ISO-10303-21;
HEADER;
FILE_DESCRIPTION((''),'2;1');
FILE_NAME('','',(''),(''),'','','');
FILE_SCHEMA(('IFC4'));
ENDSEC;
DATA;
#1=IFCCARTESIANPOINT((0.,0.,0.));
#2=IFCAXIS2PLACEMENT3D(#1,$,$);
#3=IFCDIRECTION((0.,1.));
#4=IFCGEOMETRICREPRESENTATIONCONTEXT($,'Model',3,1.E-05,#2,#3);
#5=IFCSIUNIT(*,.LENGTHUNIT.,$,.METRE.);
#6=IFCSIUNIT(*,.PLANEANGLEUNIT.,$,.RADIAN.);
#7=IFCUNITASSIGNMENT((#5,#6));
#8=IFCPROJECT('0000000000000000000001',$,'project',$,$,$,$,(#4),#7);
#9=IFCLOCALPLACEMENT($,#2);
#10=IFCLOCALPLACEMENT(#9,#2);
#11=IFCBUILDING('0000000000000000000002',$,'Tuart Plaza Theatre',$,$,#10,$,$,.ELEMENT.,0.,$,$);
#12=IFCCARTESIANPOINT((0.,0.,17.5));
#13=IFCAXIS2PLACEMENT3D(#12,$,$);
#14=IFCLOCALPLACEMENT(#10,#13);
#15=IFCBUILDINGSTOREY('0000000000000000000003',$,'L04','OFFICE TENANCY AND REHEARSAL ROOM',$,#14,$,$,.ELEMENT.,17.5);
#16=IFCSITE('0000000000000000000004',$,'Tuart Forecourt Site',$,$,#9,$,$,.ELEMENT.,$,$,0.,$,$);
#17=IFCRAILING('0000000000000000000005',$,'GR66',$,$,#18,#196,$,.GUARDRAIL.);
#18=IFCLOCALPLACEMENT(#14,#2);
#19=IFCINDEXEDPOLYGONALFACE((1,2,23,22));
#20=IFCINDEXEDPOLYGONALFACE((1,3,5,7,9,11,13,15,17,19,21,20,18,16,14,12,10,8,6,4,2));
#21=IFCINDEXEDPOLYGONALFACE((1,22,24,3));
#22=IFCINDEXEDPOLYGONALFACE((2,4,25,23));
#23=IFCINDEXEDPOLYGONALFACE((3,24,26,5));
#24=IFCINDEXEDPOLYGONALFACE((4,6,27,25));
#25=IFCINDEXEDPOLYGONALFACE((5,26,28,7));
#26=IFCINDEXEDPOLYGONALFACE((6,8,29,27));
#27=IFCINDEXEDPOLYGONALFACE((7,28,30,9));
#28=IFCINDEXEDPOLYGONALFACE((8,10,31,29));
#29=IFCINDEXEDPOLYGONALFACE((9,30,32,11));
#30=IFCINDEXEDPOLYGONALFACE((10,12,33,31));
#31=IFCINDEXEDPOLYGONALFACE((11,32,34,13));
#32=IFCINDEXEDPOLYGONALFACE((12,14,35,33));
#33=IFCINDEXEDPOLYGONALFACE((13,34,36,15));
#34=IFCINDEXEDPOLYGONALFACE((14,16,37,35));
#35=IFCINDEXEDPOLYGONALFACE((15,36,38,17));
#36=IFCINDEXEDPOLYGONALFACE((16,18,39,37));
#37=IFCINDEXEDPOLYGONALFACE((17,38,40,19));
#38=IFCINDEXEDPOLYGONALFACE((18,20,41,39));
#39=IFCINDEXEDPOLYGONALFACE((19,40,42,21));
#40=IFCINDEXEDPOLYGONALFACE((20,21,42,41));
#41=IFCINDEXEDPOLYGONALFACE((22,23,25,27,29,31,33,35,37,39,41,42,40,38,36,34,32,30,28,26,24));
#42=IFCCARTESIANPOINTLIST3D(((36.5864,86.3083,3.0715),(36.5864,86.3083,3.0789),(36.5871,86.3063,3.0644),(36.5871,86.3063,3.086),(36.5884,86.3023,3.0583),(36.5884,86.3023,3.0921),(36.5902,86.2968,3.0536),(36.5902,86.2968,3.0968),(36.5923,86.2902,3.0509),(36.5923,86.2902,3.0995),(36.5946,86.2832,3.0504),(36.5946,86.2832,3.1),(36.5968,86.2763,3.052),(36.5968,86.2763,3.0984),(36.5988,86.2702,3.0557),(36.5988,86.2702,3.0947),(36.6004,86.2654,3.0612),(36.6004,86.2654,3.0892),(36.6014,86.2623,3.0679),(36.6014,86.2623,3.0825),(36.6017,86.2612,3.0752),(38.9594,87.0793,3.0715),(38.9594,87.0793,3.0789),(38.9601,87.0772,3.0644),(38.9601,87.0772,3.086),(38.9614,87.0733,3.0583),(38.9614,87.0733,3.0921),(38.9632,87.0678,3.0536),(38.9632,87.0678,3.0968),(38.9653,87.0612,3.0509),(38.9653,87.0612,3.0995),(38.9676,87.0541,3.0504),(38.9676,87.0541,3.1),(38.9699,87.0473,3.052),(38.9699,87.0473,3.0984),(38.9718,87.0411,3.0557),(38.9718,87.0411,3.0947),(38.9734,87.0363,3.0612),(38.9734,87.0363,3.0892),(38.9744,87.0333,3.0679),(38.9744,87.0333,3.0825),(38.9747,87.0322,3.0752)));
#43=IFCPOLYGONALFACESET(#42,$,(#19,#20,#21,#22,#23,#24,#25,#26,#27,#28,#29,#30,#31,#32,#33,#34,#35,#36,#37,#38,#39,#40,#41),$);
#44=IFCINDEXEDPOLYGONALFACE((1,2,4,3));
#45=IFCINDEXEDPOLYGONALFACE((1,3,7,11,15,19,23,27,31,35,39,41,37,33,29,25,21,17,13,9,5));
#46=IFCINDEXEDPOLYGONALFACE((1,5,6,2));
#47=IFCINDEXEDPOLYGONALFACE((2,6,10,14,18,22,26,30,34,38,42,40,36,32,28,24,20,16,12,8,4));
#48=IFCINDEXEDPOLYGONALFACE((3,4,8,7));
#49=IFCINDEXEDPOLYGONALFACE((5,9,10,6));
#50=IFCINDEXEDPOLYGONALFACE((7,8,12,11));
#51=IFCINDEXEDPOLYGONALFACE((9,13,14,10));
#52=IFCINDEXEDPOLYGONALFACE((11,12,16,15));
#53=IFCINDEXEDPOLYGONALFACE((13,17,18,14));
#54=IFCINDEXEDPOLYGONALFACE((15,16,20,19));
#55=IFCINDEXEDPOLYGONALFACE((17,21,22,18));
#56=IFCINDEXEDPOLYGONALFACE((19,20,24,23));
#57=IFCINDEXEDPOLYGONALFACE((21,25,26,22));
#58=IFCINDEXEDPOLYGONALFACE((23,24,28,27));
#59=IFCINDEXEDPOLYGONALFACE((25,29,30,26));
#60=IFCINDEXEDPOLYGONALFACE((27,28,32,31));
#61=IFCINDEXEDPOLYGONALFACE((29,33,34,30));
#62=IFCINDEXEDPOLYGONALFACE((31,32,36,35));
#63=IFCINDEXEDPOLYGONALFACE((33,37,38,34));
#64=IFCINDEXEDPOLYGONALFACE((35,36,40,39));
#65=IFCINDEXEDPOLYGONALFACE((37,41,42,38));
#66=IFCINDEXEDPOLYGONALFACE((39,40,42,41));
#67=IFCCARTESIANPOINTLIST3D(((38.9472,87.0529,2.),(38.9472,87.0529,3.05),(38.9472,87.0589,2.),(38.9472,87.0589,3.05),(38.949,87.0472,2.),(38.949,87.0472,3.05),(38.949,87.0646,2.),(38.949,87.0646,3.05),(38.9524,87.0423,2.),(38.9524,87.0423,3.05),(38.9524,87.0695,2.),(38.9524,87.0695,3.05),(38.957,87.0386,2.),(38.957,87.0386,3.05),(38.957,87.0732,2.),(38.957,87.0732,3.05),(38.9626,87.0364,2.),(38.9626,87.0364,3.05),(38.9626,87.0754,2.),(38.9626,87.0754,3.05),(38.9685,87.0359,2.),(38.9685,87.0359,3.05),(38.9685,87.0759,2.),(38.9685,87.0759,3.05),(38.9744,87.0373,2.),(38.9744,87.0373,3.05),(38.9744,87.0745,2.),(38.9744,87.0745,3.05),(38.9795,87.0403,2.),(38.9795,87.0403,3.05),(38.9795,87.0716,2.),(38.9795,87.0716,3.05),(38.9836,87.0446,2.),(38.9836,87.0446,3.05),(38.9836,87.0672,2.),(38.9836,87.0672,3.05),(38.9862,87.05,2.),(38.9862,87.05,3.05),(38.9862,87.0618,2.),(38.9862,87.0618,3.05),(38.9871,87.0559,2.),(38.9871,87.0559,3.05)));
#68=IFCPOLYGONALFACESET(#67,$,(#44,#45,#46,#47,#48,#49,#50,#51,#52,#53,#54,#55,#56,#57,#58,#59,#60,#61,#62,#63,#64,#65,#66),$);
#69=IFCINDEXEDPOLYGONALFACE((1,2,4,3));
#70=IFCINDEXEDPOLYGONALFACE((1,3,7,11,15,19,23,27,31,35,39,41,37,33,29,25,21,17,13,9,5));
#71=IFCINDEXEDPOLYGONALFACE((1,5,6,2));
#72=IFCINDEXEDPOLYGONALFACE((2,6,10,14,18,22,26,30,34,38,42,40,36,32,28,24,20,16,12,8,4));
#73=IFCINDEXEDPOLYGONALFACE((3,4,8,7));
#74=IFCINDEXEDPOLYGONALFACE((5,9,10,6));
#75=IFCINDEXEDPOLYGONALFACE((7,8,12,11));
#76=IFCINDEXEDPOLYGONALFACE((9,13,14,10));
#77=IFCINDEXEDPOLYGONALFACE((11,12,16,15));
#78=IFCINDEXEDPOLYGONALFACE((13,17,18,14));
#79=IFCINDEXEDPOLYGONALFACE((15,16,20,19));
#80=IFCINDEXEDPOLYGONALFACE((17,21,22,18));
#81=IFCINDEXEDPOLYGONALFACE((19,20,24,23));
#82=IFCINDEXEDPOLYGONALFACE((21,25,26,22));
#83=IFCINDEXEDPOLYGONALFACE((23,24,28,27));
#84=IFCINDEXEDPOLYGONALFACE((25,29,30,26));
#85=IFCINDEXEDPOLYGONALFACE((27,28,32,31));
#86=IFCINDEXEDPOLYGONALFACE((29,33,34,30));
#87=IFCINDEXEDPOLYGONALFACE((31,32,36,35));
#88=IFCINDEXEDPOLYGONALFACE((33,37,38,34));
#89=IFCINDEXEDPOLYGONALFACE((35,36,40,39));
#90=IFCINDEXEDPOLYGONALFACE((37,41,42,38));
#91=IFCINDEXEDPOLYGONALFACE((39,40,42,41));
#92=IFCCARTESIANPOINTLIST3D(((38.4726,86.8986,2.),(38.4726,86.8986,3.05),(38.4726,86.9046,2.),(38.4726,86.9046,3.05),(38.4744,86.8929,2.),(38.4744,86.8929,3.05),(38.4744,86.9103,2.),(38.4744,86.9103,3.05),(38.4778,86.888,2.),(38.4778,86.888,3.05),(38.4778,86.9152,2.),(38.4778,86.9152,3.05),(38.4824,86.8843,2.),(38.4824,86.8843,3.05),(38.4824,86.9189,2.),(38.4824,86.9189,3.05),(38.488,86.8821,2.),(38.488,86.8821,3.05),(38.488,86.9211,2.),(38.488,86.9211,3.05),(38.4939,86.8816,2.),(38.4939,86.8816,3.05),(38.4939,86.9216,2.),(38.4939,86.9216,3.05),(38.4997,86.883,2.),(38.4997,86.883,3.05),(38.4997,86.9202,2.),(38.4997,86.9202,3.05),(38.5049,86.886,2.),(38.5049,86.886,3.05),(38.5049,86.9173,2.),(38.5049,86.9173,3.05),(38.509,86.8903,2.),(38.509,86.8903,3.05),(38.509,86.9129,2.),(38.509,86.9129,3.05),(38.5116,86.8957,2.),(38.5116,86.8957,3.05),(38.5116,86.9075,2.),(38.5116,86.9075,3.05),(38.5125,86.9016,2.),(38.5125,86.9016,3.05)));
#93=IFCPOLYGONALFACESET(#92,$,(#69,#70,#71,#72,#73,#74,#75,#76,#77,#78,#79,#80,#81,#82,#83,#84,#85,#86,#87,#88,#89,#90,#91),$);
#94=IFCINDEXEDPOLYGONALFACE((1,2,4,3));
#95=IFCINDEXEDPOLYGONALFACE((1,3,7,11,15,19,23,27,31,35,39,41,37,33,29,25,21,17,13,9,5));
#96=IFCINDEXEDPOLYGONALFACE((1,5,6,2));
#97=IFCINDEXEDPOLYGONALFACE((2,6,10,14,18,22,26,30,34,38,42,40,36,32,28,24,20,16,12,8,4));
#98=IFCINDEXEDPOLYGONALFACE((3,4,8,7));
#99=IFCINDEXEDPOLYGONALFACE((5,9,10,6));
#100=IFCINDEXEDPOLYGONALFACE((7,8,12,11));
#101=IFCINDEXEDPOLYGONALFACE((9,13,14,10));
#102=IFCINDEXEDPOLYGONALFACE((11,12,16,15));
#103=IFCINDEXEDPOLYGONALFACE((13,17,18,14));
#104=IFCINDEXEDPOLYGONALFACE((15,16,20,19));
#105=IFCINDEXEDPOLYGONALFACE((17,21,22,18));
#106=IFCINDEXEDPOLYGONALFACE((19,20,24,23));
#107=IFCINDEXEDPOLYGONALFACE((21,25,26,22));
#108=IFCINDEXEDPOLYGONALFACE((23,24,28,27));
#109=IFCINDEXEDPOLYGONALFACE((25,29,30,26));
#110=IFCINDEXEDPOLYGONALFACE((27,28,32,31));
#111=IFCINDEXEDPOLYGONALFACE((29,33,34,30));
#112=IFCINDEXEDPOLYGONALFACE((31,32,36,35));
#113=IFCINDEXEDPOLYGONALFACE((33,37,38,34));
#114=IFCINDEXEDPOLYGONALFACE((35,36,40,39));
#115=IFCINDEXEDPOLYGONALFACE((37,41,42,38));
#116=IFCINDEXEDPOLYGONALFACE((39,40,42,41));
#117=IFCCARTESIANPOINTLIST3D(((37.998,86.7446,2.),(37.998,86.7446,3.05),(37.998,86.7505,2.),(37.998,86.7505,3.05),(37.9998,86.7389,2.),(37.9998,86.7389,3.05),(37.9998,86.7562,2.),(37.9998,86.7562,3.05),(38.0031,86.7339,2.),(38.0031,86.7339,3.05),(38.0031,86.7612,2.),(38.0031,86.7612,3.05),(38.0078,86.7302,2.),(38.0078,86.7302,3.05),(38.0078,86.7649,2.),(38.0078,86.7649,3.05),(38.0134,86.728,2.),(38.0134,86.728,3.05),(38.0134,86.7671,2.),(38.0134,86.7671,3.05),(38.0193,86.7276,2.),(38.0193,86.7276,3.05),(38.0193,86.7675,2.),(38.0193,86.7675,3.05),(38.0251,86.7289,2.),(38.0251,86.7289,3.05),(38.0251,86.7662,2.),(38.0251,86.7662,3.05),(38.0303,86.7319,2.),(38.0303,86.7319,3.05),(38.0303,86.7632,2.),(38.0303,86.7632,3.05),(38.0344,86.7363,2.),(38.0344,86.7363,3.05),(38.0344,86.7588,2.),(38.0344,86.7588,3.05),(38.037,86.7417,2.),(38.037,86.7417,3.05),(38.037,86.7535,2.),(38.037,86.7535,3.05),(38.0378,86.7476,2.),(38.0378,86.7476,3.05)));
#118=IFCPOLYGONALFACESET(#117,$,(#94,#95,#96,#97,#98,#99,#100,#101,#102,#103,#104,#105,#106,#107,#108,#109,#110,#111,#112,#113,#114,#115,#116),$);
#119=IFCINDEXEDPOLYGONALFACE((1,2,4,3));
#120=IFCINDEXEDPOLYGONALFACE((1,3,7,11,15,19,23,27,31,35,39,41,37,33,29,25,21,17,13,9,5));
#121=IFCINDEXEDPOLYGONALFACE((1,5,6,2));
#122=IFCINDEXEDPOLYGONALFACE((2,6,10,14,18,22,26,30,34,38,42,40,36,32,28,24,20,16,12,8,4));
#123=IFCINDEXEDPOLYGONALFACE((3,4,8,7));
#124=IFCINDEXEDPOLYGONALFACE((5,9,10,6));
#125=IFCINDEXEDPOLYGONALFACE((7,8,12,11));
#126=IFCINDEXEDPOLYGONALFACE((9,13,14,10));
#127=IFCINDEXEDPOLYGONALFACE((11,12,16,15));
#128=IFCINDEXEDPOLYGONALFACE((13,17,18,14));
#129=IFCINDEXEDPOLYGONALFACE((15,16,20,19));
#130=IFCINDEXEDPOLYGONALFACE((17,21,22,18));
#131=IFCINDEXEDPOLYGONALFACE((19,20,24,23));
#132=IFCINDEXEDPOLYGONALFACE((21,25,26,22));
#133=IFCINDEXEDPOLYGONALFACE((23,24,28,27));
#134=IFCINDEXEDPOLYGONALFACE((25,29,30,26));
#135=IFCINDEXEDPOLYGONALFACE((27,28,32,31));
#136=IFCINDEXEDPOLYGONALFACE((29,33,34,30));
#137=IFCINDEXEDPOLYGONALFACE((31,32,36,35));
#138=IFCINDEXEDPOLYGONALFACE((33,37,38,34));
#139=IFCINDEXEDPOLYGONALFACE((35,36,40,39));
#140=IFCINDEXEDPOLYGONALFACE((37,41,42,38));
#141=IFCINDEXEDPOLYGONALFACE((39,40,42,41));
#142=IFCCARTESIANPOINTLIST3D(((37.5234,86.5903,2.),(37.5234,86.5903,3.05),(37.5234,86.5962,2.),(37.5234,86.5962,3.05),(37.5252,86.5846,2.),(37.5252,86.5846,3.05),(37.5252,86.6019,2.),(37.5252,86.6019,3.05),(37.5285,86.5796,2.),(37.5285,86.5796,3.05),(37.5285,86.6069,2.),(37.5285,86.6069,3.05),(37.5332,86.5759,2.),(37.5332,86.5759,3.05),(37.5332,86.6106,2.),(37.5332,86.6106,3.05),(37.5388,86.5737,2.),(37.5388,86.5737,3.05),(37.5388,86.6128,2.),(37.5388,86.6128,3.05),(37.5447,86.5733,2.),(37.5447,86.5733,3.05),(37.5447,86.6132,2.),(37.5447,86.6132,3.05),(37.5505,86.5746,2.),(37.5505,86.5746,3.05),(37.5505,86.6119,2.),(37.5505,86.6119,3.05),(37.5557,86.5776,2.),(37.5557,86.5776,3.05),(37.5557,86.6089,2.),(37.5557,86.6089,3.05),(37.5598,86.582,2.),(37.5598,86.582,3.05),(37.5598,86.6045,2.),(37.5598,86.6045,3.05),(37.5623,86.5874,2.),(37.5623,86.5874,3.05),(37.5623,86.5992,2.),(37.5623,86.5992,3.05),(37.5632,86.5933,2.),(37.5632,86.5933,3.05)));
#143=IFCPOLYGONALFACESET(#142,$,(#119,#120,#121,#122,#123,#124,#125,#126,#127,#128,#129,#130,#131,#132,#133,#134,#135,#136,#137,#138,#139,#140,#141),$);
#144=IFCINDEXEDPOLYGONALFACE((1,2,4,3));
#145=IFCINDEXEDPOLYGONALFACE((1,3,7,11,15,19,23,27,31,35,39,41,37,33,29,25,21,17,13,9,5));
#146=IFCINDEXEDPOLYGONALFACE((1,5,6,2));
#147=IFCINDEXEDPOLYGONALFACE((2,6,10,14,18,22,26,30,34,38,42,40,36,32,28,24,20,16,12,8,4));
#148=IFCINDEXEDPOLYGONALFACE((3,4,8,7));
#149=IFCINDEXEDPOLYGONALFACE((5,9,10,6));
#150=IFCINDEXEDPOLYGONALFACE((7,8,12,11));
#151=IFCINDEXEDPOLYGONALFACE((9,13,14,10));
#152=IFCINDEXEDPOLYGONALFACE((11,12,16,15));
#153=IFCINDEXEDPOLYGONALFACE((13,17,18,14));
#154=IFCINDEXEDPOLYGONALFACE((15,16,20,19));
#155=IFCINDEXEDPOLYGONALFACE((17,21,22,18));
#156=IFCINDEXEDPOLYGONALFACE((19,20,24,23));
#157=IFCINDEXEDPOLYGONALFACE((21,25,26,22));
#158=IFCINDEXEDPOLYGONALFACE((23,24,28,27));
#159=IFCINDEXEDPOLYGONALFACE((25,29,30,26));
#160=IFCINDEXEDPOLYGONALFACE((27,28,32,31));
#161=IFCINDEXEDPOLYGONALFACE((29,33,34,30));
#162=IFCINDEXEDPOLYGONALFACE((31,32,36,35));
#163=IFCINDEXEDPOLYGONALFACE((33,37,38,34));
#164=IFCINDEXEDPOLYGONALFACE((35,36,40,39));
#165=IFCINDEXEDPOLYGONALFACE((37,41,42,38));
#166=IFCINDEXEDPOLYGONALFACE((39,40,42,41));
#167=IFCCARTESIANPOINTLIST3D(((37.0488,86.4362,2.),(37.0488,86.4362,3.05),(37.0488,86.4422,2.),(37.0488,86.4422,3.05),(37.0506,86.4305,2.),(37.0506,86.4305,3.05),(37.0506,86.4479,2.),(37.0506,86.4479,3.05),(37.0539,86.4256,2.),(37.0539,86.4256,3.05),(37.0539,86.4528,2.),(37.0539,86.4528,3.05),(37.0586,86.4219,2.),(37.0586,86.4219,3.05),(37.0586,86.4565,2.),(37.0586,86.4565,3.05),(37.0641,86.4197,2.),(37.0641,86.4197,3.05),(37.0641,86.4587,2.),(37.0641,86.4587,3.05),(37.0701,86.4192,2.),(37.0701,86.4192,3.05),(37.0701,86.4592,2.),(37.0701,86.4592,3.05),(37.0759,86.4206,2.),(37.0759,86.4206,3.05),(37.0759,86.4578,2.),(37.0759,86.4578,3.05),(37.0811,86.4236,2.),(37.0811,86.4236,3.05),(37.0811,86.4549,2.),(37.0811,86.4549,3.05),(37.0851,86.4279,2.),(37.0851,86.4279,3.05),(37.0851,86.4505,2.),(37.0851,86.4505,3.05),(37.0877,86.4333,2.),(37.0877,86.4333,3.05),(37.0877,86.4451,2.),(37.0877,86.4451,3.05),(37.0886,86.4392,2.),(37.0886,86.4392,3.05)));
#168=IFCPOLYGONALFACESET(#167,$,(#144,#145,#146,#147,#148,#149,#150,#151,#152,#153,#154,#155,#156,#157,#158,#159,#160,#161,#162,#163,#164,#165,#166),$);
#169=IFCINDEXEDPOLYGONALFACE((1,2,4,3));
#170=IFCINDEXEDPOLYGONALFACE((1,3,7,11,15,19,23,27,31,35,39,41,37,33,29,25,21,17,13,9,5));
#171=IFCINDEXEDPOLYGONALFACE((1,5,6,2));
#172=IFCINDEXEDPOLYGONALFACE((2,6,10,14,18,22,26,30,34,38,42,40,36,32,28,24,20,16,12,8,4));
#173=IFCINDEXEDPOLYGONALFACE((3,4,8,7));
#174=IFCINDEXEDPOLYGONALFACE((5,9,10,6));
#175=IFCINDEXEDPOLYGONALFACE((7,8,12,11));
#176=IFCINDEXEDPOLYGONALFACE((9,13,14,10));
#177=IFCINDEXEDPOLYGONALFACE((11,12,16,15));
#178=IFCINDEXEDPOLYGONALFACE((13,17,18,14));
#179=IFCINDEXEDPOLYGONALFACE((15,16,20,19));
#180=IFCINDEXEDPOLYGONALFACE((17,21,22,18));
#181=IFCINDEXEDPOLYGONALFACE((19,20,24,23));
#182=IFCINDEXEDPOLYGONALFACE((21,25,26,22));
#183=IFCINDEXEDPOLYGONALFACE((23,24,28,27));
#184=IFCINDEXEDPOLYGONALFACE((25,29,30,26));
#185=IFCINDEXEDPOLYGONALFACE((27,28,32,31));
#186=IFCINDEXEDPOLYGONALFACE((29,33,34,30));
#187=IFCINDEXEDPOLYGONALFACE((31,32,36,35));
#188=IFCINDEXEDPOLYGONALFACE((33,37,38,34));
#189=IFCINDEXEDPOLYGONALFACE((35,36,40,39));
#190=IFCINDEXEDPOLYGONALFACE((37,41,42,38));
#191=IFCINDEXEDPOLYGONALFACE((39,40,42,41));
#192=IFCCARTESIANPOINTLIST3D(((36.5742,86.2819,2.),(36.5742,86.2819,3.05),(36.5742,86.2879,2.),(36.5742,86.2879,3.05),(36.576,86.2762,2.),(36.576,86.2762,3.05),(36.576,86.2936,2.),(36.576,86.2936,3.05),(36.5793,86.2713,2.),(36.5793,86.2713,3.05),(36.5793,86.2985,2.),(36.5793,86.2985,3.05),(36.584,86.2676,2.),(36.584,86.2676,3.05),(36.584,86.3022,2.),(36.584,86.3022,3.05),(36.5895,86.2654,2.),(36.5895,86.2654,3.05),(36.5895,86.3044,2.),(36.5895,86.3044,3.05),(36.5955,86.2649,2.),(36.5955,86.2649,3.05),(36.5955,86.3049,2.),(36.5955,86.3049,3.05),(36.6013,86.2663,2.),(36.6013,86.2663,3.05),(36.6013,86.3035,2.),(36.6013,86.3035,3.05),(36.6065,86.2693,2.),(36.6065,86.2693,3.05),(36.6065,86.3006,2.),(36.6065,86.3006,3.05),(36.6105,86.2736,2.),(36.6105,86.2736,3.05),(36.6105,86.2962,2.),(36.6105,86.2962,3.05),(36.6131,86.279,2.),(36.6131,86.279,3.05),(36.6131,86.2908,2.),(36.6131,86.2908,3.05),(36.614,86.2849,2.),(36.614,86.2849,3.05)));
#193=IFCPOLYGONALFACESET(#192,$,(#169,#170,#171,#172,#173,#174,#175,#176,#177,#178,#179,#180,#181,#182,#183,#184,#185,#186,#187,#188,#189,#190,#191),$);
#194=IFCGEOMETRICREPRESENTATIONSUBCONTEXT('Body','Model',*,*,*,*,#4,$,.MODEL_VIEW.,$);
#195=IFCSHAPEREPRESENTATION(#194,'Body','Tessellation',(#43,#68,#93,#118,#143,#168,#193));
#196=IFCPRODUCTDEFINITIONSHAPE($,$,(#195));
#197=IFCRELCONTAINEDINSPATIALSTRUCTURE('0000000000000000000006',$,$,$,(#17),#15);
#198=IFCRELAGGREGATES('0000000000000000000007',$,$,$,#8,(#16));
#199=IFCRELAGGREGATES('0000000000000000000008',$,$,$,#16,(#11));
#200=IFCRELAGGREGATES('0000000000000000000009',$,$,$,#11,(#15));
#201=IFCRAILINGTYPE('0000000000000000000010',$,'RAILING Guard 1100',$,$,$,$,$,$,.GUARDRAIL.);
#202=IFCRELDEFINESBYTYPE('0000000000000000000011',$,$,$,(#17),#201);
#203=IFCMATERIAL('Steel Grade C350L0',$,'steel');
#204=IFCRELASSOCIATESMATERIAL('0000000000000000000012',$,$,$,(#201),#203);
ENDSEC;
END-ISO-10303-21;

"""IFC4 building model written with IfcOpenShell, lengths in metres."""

from ifc_helpers import new_model, si_unit, direction, frame, origin, origin_2d, place, context, subcontext, project, spatial, circle, extrude, material, type_object, element, save


model = new_model("IFC4")

# Units and contexts
model_context = context("Model", 3, precision=1e-05, world=origin(), true_north=direction((0.0, 1.0)))
body_context = subcontext(model_context, "Body", "Model", "MODEL_VIEW")
ifc_project = project(units=[si_unit("LENGTHUNIT", "METRE"), si_unit("PLANEANGLEUNIT", "RADIAN")], contexts=[model_context])

# Site, building, storey
site_placement = place(None, origin())
site = spatial("IfcSite", under=ifc_project, at=site_placement, Name="Tuart Forecourt Site", CompositionType="ELEMENT", RefElevation=0.0)
building_placement = place(site_placement, origin())
building = spatial("IfcBuilding", under=site, at=building_placement, Name="Tuart Plaza Theatre", CompositionType="ELEMENT", ElevationOfRefHeight=0.0)
storey_placement = place(building_placement, frame((0.0, 0.0, 17.5)))
storey = spatial("IfcBuildingStorey", under=building, at=storey_placement, Name="L04", Description="OFFICE TENANCY AND REHEARSAL ROOM", CompositionType="ELEMENT", Elevation=17.5)

# Railing
ifc_material_1 = material(Name="Steel Grade C350L0", Category="steel")
railing_type_1 = type_object("IfcRailingType", Name="RAILING Guard 1100", PredefinedType="GUARDRAIL", material=ifc_material_1)
railing_1_placement = place(storey_placement, frame((38.967, 87.0559, 2.0)))
element("IfcRailing", 1, at=railing_1_placement, inside=storey, type_object=railing_type_1, Name="GR66", PredefinedType="GUARDRAIL", context=body_context, shape_type="SweptSolid", body=[
    extrude(circle(Radius=0.0249, at=origin_2d()), frame((0.0, 0.0, 1.0752), z_axis=(-0.951063, -0.308998, 0.0), x_axis=(0.308998, -0.951063, 0.0)), (0.0, 0.0, 1.0), 2.4951),
    extrude(circle(Radius=0.02, at=origin_2d()), origin(), (0.0, 0.0, 1.0), 1.05),
    extrude(circle(Radius=0.02, at=origin_2d()), frame((-0.4746, -0.1543, 0.0)), (0.0, 0.0, 1.0), 1.05),
    extrude(circle(Radius=0.02, at=origin_2d()), frame((-0.9492, -0.3083, 0.0)), (0.0, 0.0, 1.0), 1.05),
    extrude(circle(Radius=0.02, at=origin_2d()), frame((-1.4238, -0.4626, 0.0)), (0.0, 0.0, 1.0), 1.05),
    extrude(circle(Radius=0.02, at=origin_2d()), frame((-1.8984, -0.6167, 0.0)), (0.0, 0.0, 1.0), 1.05),
    extrude(circle(Radius=0.02, at=origin_2d()), frame((-2.373, -0.771, 0.0)), (0.0, 0.0, 1.0), 1.05),
])

save(model, "model.ifc")
